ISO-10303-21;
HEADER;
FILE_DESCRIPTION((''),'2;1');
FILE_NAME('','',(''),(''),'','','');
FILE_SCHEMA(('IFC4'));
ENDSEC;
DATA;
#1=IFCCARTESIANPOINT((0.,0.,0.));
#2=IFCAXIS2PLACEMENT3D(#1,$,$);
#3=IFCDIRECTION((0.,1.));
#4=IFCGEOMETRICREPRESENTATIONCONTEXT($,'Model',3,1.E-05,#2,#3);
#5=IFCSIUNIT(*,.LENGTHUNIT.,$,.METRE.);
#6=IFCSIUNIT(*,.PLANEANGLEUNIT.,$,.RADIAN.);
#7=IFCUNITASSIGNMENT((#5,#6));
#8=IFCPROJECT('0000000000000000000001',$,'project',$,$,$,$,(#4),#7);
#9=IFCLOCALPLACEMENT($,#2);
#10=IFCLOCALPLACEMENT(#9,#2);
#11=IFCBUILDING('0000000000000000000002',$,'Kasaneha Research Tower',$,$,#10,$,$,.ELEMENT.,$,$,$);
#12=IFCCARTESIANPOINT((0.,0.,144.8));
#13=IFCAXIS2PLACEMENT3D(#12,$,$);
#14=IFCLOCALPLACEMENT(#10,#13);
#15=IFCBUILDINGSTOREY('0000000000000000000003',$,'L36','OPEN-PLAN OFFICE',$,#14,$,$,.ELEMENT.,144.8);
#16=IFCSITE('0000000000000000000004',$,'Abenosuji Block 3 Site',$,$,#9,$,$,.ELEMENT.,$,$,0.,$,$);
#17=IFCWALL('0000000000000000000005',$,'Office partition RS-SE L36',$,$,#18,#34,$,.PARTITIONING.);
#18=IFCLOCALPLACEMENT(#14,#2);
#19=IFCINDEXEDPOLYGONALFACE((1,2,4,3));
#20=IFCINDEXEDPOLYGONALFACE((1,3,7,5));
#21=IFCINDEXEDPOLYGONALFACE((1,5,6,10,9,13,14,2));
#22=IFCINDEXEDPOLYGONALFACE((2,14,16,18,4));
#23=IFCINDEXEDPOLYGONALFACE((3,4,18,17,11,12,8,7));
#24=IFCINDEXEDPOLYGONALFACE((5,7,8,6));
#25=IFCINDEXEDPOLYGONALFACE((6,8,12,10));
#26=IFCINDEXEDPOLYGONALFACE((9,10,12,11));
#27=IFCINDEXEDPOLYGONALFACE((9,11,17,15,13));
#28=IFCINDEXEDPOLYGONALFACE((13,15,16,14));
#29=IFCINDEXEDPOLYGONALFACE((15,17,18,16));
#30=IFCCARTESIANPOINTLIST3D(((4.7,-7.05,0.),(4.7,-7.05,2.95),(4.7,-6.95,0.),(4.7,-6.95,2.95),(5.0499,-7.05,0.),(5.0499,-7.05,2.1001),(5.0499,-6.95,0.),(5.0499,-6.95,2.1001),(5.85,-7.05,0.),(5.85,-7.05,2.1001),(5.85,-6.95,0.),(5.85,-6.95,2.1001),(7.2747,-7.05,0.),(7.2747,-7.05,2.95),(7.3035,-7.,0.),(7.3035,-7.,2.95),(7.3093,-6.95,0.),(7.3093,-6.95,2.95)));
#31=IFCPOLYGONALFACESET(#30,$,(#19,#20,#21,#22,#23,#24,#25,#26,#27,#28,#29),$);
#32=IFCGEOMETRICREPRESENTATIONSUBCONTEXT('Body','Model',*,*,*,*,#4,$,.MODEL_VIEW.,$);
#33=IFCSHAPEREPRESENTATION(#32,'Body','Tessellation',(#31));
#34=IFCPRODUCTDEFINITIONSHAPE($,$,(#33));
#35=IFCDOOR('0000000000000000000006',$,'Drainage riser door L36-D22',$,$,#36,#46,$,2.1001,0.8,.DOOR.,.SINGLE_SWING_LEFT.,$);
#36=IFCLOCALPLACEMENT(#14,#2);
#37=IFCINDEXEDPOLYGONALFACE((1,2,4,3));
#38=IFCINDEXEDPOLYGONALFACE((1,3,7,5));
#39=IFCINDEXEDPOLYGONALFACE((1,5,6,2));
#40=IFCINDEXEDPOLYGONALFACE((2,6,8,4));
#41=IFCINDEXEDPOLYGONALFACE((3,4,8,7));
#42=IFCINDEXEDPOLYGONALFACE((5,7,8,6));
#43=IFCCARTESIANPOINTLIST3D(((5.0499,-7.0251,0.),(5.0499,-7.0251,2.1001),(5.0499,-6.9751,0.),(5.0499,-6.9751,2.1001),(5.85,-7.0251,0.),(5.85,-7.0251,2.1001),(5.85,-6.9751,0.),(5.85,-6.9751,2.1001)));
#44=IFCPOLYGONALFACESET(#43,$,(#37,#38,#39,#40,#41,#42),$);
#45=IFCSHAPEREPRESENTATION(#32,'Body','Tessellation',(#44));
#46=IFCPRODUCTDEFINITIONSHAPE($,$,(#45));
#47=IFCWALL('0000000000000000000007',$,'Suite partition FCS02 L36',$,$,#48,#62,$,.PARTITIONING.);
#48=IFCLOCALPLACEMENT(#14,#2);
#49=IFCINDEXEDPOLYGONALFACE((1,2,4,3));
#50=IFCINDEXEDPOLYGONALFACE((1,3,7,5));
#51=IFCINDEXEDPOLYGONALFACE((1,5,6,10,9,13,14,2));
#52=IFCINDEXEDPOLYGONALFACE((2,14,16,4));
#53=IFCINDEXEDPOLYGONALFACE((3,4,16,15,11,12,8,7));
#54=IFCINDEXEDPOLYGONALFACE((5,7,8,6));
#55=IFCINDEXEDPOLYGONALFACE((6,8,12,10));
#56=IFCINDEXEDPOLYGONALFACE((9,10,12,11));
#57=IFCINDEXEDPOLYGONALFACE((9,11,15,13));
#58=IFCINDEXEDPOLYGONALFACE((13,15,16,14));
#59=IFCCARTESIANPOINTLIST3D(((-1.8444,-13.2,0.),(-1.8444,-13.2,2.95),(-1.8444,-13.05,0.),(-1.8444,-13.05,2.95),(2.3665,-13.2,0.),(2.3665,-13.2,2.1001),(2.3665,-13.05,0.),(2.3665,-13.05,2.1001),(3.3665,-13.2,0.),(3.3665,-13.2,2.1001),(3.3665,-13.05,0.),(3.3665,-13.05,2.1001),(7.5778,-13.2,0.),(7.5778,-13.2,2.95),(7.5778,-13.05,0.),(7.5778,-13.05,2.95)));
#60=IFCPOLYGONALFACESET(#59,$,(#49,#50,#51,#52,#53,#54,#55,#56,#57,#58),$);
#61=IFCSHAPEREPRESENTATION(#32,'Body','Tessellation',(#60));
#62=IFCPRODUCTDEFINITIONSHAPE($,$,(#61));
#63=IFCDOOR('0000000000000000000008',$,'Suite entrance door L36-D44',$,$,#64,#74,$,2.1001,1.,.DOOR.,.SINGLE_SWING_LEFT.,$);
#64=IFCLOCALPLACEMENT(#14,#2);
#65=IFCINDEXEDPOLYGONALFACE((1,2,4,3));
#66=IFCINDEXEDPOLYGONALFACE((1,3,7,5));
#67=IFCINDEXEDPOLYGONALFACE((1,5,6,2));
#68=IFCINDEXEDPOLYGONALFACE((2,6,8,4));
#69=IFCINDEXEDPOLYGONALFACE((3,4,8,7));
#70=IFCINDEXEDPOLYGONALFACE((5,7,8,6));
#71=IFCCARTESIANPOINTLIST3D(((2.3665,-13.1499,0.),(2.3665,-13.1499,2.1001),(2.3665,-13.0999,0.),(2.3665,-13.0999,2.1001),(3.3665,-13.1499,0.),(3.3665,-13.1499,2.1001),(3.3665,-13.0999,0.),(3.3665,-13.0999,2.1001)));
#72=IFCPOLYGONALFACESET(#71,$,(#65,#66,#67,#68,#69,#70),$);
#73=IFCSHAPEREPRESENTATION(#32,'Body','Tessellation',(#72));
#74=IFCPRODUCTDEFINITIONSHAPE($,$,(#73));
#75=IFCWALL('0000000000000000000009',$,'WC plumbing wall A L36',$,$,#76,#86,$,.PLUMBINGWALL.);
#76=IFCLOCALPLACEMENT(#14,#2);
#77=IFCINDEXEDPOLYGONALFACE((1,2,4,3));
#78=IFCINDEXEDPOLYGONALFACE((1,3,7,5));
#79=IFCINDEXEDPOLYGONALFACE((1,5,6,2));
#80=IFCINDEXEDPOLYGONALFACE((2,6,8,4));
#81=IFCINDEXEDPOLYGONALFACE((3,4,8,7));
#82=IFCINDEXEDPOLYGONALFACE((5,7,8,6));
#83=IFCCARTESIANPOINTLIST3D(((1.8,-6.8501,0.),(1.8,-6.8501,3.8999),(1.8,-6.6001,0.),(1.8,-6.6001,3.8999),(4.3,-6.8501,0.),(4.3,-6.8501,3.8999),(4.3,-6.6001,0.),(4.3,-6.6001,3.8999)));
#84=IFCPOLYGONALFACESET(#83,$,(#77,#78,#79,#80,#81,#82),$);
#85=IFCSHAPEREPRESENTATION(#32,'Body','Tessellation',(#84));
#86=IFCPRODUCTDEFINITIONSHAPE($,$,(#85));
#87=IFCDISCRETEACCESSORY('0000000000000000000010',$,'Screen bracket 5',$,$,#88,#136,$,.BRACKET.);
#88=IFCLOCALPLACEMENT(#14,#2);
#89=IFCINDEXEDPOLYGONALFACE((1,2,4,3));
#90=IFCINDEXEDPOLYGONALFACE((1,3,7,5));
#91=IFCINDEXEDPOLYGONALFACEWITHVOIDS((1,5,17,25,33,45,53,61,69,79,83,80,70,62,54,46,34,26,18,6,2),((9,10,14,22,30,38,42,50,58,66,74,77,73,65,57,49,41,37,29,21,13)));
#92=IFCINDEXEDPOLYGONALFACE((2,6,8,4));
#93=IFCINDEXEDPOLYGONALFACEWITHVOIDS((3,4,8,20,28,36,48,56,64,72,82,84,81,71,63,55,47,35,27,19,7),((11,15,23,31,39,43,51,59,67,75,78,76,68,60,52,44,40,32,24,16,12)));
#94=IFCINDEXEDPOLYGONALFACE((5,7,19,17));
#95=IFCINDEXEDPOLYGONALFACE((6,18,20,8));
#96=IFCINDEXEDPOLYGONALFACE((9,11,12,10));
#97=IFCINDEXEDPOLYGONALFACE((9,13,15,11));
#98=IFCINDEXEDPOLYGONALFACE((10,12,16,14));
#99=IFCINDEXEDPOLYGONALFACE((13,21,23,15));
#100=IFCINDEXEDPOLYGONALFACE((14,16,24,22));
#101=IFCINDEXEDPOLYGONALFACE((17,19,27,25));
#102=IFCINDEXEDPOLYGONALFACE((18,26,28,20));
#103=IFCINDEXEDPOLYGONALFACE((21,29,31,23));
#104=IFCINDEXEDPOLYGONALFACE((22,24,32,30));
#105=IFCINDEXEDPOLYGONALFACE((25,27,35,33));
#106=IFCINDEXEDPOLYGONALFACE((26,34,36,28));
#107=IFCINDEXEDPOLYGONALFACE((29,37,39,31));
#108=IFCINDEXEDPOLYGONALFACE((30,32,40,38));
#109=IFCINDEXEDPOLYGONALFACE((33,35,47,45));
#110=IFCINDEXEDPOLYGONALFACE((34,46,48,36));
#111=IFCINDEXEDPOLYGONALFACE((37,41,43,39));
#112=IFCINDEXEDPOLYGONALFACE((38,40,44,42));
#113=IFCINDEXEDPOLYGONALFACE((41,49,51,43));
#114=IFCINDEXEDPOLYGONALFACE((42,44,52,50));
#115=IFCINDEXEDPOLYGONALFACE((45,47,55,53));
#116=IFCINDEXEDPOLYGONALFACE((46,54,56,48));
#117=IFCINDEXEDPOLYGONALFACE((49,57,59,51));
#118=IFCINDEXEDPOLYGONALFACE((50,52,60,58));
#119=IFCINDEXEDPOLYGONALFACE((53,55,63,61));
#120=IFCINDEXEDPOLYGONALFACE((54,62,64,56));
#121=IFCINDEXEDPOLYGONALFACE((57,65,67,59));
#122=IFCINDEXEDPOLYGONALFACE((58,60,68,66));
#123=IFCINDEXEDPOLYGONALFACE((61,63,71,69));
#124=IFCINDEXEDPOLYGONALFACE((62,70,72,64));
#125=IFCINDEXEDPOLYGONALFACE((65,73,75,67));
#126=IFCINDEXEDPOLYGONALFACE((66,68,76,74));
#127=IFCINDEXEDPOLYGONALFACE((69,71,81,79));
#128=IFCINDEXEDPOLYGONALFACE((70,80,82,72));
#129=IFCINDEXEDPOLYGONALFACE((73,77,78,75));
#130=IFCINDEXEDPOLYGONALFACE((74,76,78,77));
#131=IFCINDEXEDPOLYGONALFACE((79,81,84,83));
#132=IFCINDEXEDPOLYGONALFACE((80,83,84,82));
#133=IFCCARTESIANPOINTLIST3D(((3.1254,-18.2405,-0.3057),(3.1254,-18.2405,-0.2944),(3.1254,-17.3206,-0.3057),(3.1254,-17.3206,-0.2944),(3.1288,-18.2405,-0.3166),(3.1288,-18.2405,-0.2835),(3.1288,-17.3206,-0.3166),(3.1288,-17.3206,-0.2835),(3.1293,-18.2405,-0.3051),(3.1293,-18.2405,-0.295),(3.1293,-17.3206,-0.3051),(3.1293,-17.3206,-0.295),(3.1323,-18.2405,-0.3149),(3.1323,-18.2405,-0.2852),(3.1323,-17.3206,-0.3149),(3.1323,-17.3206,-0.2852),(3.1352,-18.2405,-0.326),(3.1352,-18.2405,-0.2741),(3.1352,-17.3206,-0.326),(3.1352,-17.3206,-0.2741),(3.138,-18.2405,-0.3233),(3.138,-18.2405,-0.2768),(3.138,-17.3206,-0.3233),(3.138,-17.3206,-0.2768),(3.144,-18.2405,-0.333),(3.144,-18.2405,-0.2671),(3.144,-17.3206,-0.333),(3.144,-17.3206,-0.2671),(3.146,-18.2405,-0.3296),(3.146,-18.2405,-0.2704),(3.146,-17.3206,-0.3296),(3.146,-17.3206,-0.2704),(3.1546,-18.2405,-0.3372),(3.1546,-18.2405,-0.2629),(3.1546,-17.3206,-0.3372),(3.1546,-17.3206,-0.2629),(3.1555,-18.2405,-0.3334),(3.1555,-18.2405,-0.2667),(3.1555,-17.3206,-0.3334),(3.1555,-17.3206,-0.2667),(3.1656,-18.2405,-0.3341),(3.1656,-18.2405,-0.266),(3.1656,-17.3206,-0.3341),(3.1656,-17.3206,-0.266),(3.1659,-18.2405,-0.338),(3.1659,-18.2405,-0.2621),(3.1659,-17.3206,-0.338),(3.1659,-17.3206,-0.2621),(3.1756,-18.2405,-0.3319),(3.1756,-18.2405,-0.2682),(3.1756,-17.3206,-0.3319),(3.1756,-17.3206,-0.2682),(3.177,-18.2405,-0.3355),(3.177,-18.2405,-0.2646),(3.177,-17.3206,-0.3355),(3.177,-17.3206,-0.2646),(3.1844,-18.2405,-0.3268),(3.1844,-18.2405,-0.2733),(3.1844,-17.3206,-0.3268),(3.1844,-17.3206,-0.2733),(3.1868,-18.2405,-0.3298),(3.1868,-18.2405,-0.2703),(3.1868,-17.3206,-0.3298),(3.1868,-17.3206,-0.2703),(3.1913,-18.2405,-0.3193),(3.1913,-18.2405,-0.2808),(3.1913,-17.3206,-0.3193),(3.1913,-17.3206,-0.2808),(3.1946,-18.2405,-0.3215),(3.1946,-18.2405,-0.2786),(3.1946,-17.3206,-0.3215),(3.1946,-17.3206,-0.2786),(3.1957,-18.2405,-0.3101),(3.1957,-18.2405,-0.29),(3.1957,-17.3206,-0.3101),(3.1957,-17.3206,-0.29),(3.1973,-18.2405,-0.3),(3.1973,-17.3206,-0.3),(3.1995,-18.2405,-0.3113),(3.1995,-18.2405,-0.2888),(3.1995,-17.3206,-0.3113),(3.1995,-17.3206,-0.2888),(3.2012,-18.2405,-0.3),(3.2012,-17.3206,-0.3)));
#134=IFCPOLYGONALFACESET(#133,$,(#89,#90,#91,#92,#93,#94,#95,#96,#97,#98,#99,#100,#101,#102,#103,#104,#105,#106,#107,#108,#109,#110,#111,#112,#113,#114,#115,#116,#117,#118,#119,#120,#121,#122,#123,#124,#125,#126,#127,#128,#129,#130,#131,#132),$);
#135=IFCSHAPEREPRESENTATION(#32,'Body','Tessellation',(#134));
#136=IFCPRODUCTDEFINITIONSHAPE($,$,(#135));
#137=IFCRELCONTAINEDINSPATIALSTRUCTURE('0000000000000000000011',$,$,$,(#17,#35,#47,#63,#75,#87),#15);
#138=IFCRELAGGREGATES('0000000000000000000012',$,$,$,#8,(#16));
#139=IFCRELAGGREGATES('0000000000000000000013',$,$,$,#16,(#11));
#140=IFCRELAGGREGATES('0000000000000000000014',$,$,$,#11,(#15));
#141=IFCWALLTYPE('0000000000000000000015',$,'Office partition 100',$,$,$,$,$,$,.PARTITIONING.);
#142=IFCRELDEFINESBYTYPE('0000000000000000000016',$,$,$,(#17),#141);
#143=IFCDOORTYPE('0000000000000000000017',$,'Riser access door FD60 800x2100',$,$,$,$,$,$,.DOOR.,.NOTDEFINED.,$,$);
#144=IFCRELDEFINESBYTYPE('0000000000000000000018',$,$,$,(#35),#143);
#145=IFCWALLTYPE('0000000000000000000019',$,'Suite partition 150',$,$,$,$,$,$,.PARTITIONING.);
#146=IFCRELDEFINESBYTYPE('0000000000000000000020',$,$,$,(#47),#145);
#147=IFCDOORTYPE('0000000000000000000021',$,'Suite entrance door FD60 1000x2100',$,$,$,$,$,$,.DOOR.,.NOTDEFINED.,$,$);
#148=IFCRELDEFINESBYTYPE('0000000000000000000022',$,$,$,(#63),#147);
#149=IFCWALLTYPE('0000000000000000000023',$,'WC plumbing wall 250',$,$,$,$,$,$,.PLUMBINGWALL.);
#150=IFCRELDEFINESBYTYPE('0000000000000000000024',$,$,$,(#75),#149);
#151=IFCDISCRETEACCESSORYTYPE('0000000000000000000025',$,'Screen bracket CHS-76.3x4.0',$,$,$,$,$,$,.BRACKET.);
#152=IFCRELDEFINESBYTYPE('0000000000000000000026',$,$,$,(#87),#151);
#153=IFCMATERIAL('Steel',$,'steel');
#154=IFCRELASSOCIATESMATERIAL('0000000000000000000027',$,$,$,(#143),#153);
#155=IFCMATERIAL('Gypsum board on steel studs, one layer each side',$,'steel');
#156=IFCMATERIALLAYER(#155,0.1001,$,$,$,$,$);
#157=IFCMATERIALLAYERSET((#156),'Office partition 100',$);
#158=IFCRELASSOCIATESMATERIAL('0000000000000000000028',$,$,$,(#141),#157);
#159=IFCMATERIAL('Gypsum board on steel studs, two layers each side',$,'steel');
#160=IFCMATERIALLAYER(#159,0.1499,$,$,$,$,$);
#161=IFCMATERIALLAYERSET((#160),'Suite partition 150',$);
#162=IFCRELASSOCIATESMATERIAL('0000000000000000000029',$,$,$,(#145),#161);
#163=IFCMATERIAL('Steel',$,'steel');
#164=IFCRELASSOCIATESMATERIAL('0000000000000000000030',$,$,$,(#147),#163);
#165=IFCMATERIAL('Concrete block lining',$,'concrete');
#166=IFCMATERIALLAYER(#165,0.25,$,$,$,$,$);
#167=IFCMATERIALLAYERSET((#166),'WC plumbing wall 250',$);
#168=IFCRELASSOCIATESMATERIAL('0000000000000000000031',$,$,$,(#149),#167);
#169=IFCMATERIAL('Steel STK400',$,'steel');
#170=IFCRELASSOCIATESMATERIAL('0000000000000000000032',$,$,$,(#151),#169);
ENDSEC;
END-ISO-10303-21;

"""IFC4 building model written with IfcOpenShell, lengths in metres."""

from ifc_helpers import new_model, si_unit, direction, frame, frame_2d, origin, origin_2d, place, context, subcontext, project, spatial, polyline, rectangle, hollow_circle, outline, extrude, material, layer, layer_set, material_profile, profile_set, type_object, element, fill, save


model = new_model("IFC4")

# Units and contexts
model_context = context("Model", 3, precision=1e-05, world=origin(), true_north=direction((0.0, 1.0)))
body_context = subcontext(model_context, "Body", "Model", "MODEL_VIEW")
ifc_project = project(units=[si_unit("LENGTHUNIT", "METRE"), si_unit("PLANEANGLEUNIT", "RADIAN")], contexts=[model_context])

# Site, building, storey
site_placement = place(None, origin())
site = spatial("IfcSite", under=ifc_project, at=site_placement, Name="Abenosuji Block 3 Site", CompositionType="ELEMENT", RefElevation=0.0)
building_placement = place(site_placement, origin())
building = spatial("IfcBuilding", under=site, at=building_placement, Name="Kasaneha Research Tower", CompositionType="ELEMENT")
storey_placement = place(building_placement, frame((0.0, 0.0, 144.8)))
storey = spatial("IfcBuildingStorey", under=building, at=storey_placement, Name="L36", Description="OPEN-PLAN OFFICE", CompositionType="ELEMENT", Elevation=144.8)

# Walls, openings, doors
ifc_material_1 = material(Name="Steel", Category="steel")
door_type_1 = type_object("IfcDoorType", Name="Riser access door FD60 800x2100", OperationType="NOTDEFINED", PredefinedType="DOOR", material=ifc_material_1)
ifc_material_2 = material(Name="Gypsum board on steel studs, one layer each side", Category="steel")
ifc_layer_1 = layer(ifc_material_2, 0.1001)
ifc_layer_set_1 = layer_set([ifc_layer_1], Name="Office partition 100")
wall_type_1 = type_object("IfcWallType", Name="Office partition 100", PredefinedType="PARTITIONING", material=ifc_layer_set_1)
wall_1_placement = place(storey_placement, frame((4.7, -7.0, 0.0), z_axis=(0.0, 0.0, 1.0), x_axis=(1.0, 0.0, 0.0)))
wall_1 = element("IfcWall", 1, at=wall_1_placement, inside=storey, type_object=wall_type_1, Name="Office partition RS-SE L36", PredefinedType="PARTITIONING", context=body_context, shape_type="SweptSolid", body=[
    extrude(outline(polyline([(0.0, -0.05), (0.3501, -0.05), (1.1501, -0.05), (2.5747, -0.05), (2.6035, 0.0), (2.6094, 0.05), (1.1501, 0.05), (0.3501, 0.05), (0.0, 0.05), (0.0, -0.05)])), origin(), (0.0, 0.0, 1.0), 2.95),
])
opening_1_placement = place(wall_1_placement, frame((0.3501, 0.0, 0.0)))
opening_1 = element("IfcOpeningElement", 2, at=opening_1_placement, cuts=wall_1, PredefinedType="OPENING", context=body_context, shape_type="SweptSolid", body=[
    extrude(rectangle(XDim=0.8, YDim=2.1001, at=frame_2d((0.3999, 1.05))), frame((0.0, 0.0601, 0.0), z_axis=(0.0, -1.0, 0.0), x_axis=(1.0, 0.0, 0.0)), (0.0, 0.0, 1.0), 0.1201),
])
door_1_placement = place(opening_1_placement, origin())
door_1 = element("IfcDoor", 3, at=door_1_placement, inside=storey, type_object=door_type_1, Name="Drainage riser door L36-D22", OperationType="SINGLE_SWING_LEFT", OverallHeight=2.1001, OverallWidth=0.8, PredefinedType="DOOR", context=body_context, shape_type="SweptSolid", body=[
    extrude(rectangle(XDim=0.8, YDim=2.1001, at=frame_2d((0.3999, 1.05))), frame((0.0, 0.0249, 0.0), z_axis=(0.0, -1.0, 0.0), x_axis=(1.0, 0.0, 0.0)), (0.0, 0.0, 1.0), 0.05),
])
fill(opening_1, door_1)
ifc_material_3 = material(Name="Gypsum board on steel studs, two layers each side", Category="steel")
ifc_layer_2 = layer(ifc_material_3, 0.1499)
ifc_layer_set_2 = layer_set([ifc_layer_2], Name="Suite partition 150")
wall_type_2 = type_object("IfcWallType", Name="Suite partition 150", PredefinedType="PARTITIONING", material=ifc_layer_set_2)
wall_2_placement = place(storey_placement, frame((7.5776, -13.125, 0.0), z_axis=(0.0, 0.0, 1.0), x_axis=(-1.0, 0.0, 0.0)))
wall_2 = element("IfcWall", 4, at=wall_2_placement, inside=storey, type_object=wall_type_2, Name="Suite partition FCS02 L36", PredefinedType="PARTITIONING", context=body_context, shape_type="SweptSolid", body=[
    extrude(rectangle(XDim=9.4221, YDim=0.1499, at=frame_2d((4.7109, 0.0))), origin(), (0.0, 0.0, 1.0), 2.95),
])
opening_2_placement = place(wall_2_placement, frame((4.2112, 0.0, 0.0)))
opening_2 = element("IfcOpeningElement", 5, at=opening_2_placement, cuts=wall_2, PredefinedType="OPENING", context=body_context, shape_type="SweptSolid", body=[
    extrude(rectangle(XDim=1.0, YDim=2.1001, at=frame_2d((0.5, 1.05))), frame((0.0, 0.085, 0.0), z_axis=(0.0, -1.0, 0.0), x_axis=(1.0, 0.0, 0.0)), (0.0, 0.0, 1.0), 0.1699),
])
ifc_material_4 = material(Name="Steel", Category="steel")
door_type_2 = type_object("IfcDoorType", Name="Suite entrance door FD60 1000x2100", OperationType="NOTDEFINED", PredefinedType="DOOR", material=ifc_material_4)
door_2_placement = place(opening_2_placement, origin())
door_2 = element("IfcDoor", 6, at=door_2_placement, inside=storey, type_object=door_type_2, Name="Suite entrance door L36-D44", OperationType="SINGLE_SWING_LEFT", OverallHeight=2.1001, OverallWidth=1.0, PredefinedType="DOOR", context=body_context, shape_type="SweptSolid", body=[
    extrude(rectangle(XDim=1.0, YDim=2.1001, at=frame_2d((0.5, 1.05))), frame((0.0, 0.0249, 0.0), z_axis=(0.0, -1.0, 0.0), x_axis=(1.0, 0.0, 0.0)), (0.0, 0.0, 1.0), 0.05),
])
fill(opening_2, door_2)

# Wall
ifc_material_5 = material(Name="Concrete block lining", Category="concrete")
ifc_layer_3 = layer(ifc_material_5, 0.25)
ifc_layer_set_3 = layer_set([ifc_layer_3], Name="WC plumbing wall 250")
wall_type_3 = type_object("IfcWallType", Name="WC plumbing wall 250", PredefinedType="PLUMBINGWALL", material=ifc_layer_set_3)
wall_3_placement = place(storey_placement, frame((1.8, -6.7251, 0.0), z_axis=(0.0, 0.0, 1.0), x_axis=(1.0, 0.0, 0.0)))
element("IfcWall", 7, at=wall_3_placement, inside=storey, type_object=wall_type_3, Name="WC plumbing wall A L36", PredefinedType="PLUMBINGWALL", context=body_context, shape_type="SweptSolid", body=[
    extrude(rectangle(XDim=2.5, YDim=0.25, at=frame_2d((1.25, 0.0))), origin(), (0.0, 0.0, 1.0), 3.8999),
])

# Discrete accessory
ifc_material_6 = material(Name="Steel STK400", Category="steel")
ifc_material_profile_1 = material_profile(ifc_material_6, hollow_circle(Radius=0.0381, WallThickness=0.0039, at=origin_2d()), Name="CHS-76.3x4.0")
ifc_profile_set_1 = profile_set([ifc_material_profile_1], Name="Steel STK400")
discrete_accessory_type = type_object("IfcDiscreteAccessoryType", Name="Screen bracket CHS-76.3x4.0", PredefinedType="BRACKET", material=ifc_profile_set_1)
for number, where, z_axis, x_axis, name in (
    (8, (3.1631, -17.3206, -0.3), (0.0, -1.0, 0.0), (1.0, 0.0, 0.0), "Screen bracket 5"),
):
    element("IfcDiscreteAccessory", number, at=place(storey_placement, frame(where, z_axis=z_axis, x_axis=x_axis)), inside=storey, type_object=discrete_accessory_type, Name=name, PredefinedType="BRACKET", context=body_context, shape_type="SweptSolid", body=[
        extrude(hollow_circle(Radius=0.0381, WallThickness=0.0039, at=origin_2d()), origin(), (0.0, 0.0, 1.0), 0.9199),
    ])

save(model, "model.ifc")
